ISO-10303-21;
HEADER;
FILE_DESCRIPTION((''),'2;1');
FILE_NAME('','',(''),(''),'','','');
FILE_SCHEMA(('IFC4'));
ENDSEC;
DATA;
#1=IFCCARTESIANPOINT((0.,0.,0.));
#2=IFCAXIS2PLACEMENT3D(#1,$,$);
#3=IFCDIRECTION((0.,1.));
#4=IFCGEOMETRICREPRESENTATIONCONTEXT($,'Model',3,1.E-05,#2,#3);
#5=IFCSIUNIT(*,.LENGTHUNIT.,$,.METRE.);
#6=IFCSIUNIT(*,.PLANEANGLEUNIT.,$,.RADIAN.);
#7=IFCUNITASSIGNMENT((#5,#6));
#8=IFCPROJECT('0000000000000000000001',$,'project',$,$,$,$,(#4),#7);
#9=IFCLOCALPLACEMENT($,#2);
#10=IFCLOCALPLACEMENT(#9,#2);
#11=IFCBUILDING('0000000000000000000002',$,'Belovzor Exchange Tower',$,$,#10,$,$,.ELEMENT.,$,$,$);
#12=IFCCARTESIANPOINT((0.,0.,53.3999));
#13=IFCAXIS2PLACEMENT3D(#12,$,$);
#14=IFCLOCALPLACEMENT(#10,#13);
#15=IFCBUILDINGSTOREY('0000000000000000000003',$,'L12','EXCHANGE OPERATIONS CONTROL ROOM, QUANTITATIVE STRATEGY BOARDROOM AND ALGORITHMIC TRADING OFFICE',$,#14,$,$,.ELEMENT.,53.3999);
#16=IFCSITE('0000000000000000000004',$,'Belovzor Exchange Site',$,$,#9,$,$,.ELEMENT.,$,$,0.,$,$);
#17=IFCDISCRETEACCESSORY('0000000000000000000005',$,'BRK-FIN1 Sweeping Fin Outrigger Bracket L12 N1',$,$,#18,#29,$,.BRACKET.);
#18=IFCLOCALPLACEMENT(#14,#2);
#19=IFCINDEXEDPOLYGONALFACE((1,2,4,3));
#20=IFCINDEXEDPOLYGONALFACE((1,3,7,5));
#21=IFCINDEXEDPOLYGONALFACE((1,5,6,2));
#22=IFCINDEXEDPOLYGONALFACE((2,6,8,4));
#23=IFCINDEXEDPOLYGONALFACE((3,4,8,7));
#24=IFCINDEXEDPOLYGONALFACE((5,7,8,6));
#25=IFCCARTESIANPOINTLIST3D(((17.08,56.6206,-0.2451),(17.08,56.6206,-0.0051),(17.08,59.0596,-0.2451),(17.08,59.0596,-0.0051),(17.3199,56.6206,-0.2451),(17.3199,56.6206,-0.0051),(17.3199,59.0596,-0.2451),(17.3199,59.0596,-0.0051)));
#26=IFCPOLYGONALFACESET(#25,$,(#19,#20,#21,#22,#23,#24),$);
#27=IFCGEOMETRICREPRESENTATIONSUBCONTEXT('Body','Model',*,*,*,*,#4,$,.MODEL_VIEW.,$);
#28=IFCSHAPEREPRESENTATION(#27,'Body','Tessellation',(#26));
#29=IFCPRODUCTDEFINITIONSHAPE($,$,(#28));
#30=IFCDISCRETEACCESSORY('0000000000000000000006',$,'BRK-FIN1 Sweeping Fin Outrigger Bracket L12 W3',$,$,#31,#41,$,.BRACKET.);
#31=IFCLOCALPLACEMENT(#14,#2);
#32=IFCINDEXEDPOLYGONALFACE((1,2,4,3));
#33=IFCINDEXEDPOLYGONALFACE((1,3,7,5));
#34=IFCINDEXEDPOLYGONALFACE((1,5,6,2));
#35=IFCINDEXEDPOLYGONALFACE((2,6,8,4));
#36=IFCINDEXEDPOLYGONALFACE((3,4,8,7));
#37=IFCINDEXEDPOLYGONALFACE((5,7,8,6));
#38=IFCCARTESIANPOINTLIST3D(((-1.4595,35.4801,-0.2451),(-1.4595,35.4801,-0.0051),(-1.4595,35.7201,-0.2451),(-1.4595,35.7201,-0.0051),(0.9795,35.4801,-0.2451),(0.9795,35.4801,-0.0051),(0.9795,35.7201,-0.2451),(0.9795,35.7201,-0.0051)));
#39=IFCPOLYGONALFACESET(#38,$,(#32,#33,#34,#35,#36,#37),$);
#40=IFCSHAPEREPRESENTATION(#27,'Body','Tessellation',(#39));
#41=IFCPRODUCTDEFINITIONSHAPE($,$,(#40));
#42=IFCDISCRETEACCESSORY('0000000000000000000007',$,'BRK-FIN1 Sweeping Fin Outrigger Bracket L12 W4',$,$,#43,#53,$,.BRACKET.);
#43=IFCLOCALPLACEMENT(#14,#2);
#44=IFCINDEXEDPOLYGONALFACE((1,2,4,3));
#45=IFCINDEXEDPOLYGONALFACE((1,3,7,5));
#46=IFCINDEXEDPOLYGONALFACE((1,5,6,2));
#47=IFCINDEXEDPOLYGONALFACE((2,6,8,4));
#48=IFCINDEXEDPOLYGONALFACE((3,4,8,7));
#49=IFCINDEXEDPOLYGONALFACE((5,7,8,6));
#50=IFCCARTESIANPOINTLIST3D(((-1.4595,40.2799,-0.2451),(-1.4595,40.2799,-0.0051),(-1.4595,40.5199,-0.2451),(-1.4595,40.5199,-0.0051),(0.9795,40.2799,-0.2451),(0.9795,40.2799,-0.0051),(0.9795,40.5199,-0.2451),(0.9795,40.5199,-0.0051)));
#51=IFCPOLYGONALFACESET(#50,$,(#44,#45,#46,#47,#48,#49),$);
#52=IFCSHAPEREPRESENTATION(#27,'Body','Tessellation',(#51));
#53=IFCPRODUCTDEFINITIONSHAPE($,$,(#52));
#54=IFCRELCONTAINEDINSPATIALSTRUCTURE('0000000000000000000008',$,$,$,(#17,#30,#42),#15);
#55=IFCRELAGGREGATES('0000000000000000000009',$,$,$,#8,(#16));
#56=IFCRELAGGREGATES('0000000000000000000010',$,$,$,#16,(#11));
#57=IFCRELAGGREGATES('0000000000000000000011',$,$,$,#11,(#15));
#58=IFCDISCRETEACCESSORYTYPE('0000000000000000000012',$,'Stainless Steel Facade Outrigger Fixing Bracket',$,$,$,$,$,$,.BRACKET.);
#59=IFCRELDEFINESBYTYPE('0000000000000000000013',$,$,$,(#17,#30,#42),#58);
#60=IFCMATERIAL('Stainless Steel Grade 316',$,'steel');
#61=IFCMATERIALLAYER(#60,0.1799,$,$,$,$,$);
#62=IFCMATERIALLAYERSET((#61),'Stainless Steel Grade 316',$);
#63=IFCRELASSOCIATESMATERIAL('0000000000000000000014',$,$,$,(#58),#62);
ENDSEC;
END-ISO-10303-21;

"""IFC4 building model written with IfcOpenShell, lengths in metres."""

from ifc_helpers import new_model, si_unit, direction, frame, origin, origin_2d, place, context, subcontext, project, spatial, rectangle, extrude, material, layer, layer_set, type_object, element, save


model = new_model("IFC4")

# Units and contexts
model_context = context("Model", 3, precision=1e-05, world=origin(), true_north=direction((0.0, 1.0)))
body_context = subcontext(model_context, "Body", "Model", "MODEL_VIEW")
ifc_project = project(units=[si_unit("LENGTHUNIT", "METRE"), si_unit("PLANEANGLEUNIT", "RADIAN")], contexts=[model_context])

# Site, building, storey
site_placement = place(None, origin())
site = spatial("IfcSite", under=ifc_project, at=site_placement, Name="Belovzor Exchange Site", CompositionType="ELEMENT", RefElevation=0.0)
building_placement = place(site_placement, origin())
building = spatial("IfcBuilding", under=site, at=building_placement, Name="Belovzor Exchange Tower", CompositionType="ELEMENT")
storey_placement = place(building_placement, frame((0.0, 0.0, 53.3999)))
storey = spatial("IfcBuildingStorey", under=building, at=storey_placement, Name="L12", Description="EXCHANGE OPERATIONS CONTROL ROOM, QUANTITATIVE STRATEGY BOARDROOM AND ALGORITHMIC TRADING OFFICE", CompositionType="ELEMENT", Elevation=53.3999)

# Discrete accessories
ifc_material_1 = material(Name="Stainless Steel Grade 316", Category="steel")
ifc_layer_1 = layer(ifc_material_1, 0.1799)
ifc_layer_set_1 = layer_set([ifc_layer_1], Name="Stainless Steel Grade 316")
discrete_accessory_type = type_object("IfcDiscreteAccessoryType", Name="Stainless Steel Facade Outrigger Fixing Bracket", PredefinedType="BRACKET", material=ifc_layer_set_1)
for number, where, z_axis, x_axis, name in (
    (1, (17.2, 57.8401, -0.2451), (0.0, 0.0, 1.0), (0.0, 1.0, 0.0), "BRK-FIN1 Sweeping Fin Outrigger Bracket L12 N1"),
    (2, (-0.24, 35.6001, -0.2451), (0.0, 0.0, 1.0), (1.0, 0.0, 0.0), "BRK-FIN1 Sweeping Fin Outrigger Bracket L12 W3"),
    (3, (-0.24, 40.3999, -0.2451), (0.0, 0.0, 1.0), (1.0, 0.0, 0.0), "BRK-FIN1 Sweeping Fin Outrigger Bracket L12 W4"),
):
    element("IfcDiscreteAccessory", number, at=place(storey_placement, frame(where, z_axis=z_axis, x_axis=x_axis)), inside=storey, type_object=discrete_accessory_type, Name=name, PredefinedType="BRACKET", context=body_context, shape_type="SweptSolid", body=[
        extrude(rectangle(XDim=2.439, YDim=0.24, at=origin_2d()), origin(), (0.0, 0.0, 1.0), 0.24),
    ])

save(model, "model.ifc")
